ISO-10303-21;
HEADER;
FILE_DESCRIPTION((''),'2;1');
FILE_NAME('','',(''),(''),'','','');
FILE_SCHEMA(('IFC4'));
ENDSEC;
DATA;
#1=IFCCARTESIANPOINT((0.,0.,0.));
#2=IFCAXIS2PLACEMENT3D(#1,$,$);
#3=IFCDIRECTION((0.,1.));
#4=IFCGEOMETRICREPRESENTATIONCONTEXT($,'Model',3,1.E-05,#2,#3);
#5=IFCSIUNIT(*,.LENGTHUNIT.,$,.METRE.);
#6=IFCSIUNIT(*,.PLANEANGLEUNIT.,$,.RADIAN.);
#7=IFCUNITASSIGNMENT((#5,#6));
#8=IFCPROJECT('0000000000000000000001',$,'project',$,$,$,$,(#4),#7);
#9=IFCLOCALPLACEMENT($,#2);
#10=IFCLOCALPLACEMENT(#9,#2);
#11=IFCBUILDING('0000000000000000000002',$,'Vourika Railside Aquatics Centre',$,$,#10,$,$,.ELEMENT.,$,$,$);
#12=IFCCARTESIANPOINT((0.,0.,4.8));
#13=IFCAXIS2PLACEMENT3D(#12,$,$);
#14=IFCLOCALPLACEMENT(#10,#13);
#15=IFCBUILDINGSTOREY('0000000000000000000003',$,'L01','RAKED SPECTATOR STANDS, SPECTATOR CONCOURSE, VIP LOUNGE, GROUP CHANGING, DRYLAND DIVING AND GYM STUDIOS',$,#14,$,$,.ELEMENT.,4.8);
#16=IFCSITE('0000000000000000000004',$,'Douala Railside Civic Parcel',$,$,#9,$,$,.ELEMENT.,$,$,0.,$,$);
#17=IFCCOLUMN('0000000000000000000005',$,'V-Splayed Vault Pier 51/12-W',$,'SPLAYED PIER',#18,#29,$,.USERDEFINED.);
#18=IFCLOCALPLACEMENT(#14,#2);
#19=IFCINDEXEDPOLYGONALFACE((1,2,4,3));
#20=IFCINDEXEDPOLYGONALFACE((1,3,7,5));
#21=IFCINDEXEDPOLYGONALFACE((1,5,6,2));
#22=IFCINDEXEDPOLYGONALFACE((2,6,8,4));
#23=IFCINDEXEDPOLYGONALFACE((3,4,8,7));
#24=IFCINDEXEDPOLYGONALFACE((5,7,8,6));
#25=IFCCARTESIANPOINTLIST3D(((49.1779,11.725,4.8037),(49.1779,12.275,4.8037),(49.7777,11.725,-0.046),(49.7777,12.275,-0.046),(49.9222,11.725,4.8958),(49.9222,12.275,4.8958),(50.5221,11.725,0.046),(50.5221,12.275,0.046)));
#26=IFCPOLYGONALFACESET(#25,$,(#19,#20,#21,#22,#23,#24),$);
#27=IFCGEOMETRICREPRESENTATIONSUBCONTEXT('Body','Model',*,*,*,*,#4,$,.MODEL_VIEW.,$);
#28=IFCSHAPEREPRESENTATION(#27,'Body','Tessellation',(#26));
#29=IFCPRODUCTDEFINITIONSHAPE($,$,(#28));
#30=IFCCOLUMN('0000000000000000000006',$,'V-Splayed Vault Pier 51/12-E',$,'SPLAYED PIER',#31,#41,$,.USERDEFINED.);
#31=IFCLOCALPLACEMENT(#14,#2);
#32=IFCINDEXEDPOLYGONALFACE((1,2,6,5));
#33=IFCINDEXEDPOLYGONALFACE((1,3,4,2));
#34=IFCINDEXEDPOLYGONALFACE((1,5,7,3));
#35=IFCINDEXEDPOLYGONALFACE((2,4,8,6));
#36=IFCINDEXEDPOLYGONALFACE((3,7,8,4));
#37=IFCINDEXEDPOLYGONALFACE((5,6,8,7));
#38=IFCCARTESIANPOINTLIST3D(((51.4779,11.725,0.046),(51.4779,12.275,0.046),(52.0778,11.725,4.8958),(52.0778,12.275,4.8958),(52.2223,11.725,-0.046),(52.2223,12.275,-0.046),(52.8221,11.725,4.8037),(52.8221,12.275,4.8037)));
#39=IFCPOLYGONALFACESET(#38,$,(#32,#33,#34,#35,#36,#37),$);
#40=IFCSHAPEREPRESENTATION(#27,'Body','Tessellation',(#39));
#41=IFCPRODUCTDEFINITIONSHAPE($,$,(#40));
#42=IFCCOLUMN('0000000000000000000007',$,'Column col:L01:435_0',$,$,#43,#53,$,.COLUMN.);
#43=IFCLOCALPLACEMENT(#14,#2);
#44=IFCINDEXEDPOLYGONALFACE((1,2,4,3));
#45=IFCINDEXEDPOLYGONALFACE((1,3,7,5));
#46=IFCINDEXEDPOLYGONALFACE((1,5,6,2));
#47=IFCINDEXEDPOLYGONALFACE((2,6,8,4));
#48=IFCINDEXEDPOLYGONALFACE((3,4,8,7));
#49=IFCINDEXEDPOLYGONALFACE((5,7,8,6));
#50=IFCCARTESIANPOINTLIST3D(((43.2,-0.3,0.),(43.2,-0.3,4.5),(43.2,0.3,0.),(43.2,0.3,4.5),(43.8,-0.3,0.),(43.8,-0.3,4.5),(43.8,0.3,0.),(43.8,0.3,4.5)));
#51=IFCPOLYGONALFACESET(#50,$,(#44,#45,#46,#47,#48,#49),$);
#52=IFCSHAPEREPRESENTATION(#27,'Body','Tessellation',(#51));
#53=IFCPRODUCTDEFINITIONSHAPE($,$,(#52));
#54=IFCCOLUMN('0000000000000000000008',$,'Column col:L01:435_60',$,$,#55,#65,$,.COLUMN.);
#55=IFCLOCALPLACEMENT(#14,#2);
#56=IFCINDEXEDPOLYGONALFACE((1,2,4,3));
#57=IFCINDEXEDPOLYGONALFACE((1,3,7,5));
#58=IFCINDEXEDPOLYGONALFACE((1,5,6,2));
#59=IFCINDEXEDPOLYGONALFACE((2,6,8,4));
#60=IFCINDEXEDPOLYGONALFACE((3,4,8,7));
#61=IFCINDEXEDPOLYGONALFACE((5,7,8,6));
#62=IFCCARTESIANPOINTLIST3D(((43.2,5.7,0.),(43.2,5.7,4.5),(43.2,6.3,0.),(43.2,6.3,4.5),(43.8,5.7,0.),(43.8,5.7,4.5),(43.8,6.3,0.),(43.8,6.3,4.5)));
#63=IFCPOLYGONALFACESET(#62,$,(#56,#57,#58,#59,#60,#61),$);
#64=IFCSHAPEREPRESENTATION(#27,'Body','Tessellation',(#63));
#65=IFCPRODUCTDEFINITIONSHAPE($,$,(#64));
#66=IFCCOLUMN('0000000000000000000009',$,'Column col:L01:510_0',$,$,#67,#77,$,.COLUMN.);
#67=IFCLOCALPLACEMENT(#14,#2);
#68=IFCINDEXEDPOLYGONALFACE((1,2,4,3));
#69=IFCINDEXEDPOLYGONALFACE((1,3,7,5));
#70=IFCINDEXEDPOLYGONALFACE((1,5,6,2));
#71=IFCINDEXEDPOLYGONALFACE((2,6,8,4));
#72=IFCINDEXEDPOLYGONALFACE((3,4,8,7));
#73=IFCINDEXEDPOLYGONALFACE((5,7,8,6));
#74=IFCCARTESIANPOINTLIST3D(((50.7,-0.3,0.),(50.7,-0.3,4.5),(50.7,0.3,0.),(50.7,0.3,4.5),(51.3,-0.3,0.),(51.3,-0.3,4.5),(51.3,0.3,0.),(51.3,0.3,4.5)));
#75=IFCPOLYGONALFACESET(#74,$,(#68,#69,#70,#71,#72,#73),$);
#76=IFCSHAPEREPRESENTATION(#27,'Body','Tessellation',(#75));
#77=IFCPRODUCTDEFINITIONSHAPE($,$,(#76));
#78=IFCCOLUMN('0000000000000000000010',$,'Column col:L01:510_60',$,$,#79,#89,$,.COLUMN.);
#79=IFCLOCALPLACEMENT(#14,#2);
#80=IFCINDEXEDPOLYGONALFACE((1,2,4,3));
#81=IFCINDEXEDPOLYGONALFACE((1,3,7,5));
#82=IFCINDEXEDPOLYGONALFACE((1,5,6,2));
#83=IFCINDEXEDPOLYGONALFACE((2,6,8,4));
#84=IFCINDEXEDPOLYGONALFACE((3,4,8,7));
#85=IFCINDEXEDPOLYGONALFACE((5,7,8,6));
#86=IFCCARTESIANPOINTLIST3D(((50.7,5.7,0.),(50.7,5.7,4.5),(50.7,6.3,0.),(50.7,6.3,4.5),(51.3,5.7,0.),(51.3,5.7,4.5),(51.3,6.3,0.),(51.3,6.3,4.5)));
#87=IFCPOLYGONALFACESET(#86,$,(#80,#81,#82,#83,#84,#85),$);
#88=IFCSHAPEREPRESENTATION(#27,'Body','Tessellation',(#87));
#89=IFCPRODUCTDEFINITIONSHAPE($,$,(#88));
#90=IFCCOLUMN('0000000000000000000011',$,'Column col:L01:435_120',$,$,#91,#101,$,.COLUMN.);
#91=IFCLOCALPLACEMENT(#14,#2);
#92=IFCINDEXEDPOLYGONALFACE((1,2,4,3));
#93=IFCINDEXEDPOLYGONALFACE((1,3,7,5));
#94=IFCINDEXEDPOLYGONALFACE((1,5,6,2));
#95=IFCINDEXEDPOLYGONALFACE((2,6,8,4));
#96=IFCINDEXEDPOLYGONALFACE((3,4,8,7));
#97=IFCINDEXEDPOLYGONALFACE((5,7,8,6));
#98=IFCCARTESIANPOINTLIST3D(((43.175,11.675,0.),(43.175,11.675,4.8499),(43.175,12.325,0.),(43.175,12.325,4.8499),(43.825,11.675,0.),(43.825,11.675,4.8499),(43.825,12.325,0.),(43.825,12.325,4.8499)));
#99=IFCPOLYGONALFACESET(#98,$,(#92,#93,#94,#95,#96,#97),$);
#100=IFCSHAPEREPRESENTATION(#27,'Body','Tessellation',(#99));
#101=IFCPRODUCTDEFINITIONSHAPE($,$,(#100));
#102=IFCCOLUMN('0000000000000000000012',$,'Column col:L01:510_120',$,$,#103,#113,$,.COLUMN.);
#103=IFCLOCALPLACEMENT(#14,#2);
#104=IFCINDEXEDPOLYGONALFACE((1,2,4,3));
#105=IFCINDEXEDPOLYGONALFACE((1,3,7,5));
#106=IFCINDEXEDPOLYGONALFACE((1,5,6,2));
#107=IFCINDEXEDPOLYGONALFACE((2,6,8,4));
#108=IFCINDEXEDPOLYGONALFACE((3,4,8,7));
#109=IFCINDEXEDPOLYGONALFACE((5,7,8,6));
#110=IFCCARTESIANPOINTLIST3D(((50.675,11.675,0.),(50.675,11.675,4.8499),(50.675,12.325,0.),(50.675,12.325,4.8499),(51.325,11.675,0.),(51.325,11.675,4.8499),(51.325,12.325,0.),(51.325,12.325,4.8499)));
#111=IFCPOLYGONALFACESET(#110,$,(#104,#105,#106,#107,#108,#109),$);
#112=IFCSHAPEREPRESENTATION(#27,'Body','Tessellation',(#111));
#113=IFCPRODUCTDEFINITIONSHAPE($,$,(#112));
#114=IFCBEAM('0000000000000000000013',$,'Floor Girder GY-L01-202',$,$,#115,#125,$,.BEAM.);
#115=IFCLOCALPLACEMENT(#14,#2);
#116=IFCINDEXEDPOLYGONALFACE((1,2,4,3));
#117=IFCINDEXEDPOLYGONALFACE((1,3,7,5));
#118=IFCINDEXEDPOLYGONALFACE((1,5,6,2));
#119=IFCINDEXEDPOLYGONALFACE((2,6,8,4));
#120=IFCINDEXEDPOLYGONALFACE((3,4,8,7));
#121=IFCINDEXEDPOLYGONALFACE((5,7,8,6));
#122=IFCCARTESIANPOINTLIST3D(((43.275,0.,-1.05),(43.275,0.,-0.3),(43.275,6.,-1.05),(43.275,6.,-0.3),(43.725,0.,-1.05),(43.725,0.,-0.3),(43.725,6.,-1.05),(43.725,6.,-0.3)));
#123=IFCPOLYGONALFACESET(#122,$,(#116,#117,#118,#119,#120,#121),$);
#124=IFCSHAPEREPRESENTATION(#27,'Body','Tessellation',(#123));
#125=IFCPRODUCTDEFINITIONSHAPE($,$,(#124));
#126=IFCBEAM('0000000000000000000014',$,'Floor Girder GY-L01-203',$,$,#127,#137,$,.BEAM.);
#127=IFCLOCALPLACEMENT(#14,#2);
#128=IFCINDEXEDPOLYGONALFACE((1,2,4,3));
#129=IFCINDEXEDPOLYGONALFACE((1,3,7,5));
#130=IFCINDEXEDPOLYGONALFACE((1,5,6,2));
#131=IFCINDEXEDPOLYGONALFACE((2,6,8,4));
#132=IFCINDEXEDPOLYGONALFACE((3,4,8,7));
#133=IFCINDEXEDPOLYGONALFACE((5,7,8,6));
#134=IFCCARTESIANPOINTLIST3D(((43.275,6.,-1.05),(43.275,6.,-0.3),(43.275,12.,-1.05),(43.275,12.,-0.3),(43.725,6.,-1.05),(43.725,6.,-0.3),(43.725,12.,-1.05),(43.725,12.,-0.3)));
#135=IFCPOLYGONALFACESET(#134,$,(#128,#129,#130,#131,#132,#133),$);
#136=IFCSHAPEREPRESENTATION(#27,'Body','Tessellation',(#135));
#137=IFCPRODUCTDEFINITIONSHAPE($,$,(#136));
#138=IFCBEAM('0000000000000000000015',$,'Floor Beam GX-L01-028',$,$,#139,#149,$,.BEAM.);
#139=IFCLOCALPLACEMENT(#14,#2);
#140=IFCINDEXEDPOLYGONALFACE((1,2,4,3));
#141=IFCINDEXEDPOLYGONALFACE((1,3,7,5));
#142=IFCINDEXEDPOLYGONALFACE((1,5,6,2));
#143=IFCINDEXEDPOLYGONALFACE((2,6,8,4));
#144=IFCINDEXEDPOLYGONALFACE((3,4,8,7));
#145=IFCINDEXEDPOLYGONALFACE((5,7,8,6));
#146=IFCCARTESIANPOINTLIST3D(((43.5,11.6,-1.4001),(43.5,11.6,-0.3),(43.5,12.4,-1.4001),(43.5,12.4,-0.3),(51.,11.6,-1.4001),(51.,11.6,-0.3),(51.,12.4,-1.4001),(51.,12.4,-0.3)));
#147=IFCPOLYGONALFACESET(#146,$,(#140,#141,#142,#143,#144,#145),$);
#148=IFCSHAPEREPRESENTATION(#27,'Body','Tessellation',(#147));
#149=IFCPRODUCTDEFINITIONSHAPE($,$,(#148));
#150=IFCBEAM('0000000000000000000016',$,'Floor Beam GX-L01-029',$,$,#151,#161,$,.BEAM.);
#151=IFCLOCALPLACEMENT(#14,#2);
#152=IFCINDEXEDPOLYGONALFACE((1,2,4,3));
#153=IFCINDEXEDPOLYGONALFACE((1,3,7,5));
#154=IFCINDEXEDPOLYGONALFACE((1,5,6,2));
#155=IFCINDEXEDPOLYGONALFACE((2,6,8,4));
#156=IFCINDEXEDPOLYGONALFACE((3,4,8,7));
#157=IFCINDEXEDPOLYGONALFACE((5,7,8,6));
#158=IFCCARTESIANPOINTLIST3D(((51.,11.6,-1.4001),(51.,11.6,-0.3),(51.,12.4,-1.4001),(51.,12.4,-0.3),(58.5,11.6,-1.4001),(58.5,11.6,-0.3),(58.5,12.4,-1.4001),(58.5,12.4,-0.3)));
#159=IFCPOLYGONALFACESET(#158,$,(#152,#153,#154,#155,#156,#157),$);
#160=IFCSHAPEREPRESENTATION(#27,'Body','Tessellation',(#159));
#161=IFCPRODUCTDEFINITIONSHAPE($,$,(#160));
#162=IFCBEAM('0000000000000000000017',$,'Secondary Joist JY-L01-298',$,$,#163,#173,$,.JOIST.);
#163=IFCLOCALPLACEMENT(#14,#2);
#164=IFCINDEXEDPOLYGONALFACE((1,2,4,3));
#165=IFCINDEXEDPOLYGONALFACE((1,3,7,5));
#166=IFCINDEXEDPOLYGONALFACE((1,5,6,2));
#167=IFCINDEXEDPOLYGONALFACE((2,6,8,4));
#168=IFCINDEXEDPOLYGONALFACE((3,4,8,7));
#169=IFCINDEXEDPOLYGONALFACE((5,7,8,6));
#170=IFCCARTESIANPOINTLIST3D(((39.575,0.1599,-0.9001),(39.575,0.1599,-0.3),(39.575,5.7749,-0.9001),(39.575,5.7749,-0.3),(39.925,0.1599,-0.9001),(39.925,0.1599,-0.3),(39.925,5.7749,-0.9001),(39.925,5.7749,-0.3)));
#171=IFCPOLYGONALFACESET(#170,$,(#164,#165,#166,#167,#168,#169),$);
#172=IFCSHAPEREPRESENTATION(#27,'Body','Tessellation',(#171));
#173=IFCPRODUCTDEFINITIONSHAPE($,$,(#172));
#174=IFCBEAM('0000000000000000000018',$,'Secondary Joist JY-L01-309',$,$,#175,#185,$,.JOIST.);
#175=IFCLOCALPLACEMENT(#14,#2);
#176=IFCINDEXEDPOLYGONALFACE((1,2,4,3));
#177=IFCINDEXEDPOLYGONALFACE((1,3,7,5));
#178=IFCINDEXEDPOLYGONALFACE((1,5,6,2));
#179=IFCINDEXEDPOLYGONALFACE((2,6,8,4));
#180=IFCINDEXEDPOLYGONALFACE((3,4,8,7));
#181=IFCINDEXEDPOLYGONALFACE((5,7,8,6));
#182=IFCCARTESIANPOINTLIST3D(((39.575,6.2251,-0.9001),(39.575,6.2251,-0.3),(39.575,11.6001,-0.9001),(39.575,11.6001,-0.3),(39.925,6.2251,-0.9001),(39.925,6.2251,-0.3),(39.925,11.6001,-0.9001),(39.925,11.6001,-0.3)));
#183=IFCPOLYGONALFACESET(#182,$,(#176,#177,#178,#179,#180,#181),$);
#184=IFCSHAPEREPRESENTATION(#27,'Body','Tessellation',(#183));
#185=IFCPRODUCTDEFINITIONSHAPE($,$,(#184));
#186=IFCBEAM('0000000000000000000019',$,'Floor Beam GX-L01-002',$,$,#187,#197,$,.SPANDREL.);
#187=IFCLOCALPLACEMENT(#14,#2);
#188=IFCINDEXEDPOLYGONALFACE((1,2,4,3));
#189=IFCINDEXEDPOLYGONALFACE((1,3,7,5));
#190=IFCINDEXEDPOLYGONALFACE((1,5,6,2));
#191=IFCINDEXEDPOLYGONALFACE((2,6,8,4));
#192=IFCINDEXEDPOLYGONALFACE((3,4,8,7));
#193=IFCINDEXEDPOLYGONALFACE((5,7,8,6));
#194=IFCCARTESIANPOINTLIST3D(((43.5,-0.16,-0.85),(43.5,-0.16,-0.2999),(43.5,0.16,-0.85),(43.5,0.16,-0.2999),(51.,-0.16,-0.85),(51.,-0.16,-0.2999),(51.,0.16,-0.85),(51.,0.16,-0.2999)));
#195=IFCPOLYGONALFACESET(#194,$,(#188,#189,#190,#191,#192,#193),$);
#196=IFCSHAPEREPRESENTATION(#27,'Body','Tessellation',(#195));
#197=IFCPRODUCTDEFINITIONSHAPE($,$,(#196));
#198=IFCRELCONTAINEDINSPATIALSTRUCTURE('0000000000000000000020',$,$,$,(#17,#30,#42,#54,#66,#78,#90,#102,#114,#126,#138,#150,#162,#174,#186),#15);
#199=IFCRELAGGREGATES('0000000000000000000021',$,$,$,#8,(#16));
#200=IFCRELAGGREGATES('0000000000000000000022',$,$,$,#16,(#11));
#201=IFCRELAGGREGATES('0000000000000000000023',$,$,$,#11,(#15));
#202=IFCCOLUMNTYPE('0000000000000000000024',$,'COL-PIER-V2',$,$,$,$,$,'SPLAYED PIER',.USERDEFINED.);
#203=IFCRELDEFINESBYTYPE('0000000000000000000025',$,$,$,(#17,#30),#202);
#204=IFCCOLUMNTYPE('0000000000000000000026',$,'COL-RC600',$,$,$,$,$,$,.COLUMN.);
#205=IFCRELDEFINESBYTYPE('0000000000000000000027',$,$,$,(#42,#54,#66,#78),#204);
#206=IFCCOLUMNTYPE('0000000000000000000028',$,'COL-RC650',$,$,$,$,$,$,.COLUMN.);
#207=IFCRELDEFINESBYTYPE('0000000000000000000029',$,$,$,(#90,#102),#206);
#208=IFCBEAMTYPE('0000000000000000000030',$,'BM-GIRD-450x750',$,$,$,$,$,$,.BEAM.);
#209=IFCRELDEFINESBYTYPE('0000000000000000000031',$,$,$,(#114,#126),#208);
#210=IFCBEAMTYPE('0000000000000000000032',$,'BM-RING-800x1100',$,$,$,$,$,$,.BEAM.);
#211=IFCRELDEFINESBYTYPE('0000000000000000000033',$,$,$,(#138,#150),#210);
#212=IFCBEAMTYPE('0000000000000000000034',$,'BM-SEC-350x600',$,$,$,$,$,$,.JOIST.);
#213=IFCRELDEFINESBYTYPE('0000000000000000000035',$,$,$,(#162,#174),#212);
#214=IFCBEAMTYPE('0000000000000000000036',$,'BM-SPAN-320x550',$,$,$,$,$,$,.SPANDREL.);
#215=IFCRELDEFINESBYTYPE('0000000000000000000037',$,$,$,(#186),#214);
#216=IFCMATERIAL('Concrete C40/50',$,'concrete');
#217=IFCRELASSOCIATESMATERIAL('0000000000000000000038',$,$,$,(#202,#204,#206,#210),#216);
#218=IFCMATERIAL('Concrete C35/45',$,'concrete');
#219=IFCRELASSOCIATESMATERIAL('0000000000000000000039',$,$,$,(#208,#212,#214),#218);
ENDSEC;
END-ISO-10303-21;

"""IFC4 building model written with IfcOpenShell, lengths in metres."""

from ifc_helpers import new_model, si_unit, direction, frame, origin, origin_2d, place, context, subcontext, project, spatial, rectangle, extrude, material, material_profile, profile_set, type_object, element, save


model = new_model("IFC4")

# Units and contexts
model_context = context("Model", 3, precision=1e-05, world=origin(), true_north=direction((0.0, 1.0)))
body_context = subcontext(model_context, "Body", "Model", "MODEL_VIEW")
ifc_project = project(units=[si_unit("LENGTHUNIT", "METRE"), si_unit("PLANEANGLEUNIT", "RADIAN")], contexts=[model_context])

# Site, building, storey
site_placement = place(None, origin())
site = spatial("IfcSite", under=ifc_project, at=site_placement, Name="Douala Railside Civic Parcel", CompositionType="ELEMENT", RefElevation=0.0)
building_placement = place(site_placement, origin())
building = spatial("IfcBuilding", under=site, at=building_placement, Name="Vourika Railside Aquatics Centre", CompositionType="ELEMENT")
storey_placement = place(building_placement, frame((0.0, 0.0, 4.8)))
storey = spatial("IfcBuildingStorey", under=building, at=storey_placement, Name="L01", Description="RAKED SPECTATOR STANDS, SPECTATOR CONCOURSE, VIP LOUNGE, GROUP CHANGING, DRYLAND DIVING AND GYM STUDIOS", CompositionType="ELEMENT", Elevation=4.8)

# Columns
ifc_material_1 = material(Name="Concrete C40/50", Category="concrete")
ifc_material_profile_1 = material_profile(ifc_material_1, rectangle(XDim=0.55, YDim=0.75, at=origin_2d()), Name="RC 550x750")
ifc_profile_set_1 = profile_set([ifc_material_profile_1], Name="Concrete C40/50")
column_type_1 = type_object("IfcColumnType", Name="COL-PIER-V2", ElementType="SPLAYED PIER", PredefinedType="USERDEFINED", material=ifc_profile_set_1)
for number, where, z_axis, x_axis, name in (
    (1, (50.1499, 12.0, 0.0), (-0.12275, 0.0, 0.992438), (0.0, -1.0, 0.0), "V-Splayed Vault Pier 51/12-W"),
    (2, (51.8501, 12.0, 0.0), (0.12275, 0.0, 0.992438), (0.0, 1.0, 0.0), "V-Splayed Vault Pier 51/12-E"),
):
    element("IfcColumn", number, at=place(storey_placement, frame(where, z_axis=z_axis, x_axis=x_axis)), inside=storey, type_object=column_type_1, Name=name, ObjectType="SPLAYED PIER", PredefinedType="USERDEFINED", context=body_context, shape_type="SweptSolid", body=[
        extrude(rectangle(XDim=0.55, YDim=0.75, at=origin_2d()), origin(), (0.0, 0.0, 1.0), 4.8867),
    ])
ifc_material_profile_2 = material_profile(ifc_material_1, rectangle(XDim=0.6001, YDim=0.6001, at=origin_2d()), Name="RC 600x600")
ifc_profile_set_2 = profile_set([ifc_material_profile_2], Name="Concrete C40/50")
column_type_2 = type_object("IfcColumnType", Name="COL-RC600", PredefinedType="COLUMN", material=ifc_profile_set_2)
for number, where, z_axis, x_axis, name in (
    (3, (43.5, 0.0, 0.0), (0.0, 0.0, 1.0), (1.0, 0.0, 0.0), "Column col:L01:435_0"),
    (4, (43.5, 6.0, 0.0), (0.0, 0.0, 1.0), (1.0, 0.0, 0.0), "Column col:L01:435_60"),
    (5, (51.0, 0.0, 0.0), (0.0, 0.0, 1.0), (1.0, 0.0, 0.0), "Column col:L01:510_0"),
    (6, (51.0, 6.0, 0.0), (0.0, 0.0, 1.0), (1.0, 0.0, 0.0), "Column col:L01:510_60"),
):
    element("IfcColumn", number, at=place(storey_placement, frame(where, z_axis=z_axis, x_axis=x_axis)), inside=storey, type_object=column_type_2, Name=name, PredefinedType="COLUMN", context=body_context, shape_type="SweptSolid", body=[
        extrude(rectangle(XDim=0.6001, YDim=0.6001, at=origin_2d()), origin(), (0.0, 0.0, 1.0), 4.5),
    ])
ifc_material_profile_3 = material_profile(ifc_material_1, rectangle(XDim=0.6499, YDim=0.6499, at=origin_2d()), Name="RC 650x650")
ifc_profile_set_3 = profile_set([ifc_material_profile_3], Name="Concrete C40/50")
column_type_3 = type_object("IfcColumnType", Name="COL-RC650", PredefinedType="COLUMN", material=ifc_profile_set_3)
for number, where, z_axis, x_axis, name in (
    (7, (43.5, 12.0, 0.0), (0.0, 0.0, 1.0), (1.0, 0.0, 0.0), "Column col:L01:435_120"),
    (8, (51.0, 12.0, 0.0), (0.0, 0.0, 1.0), (1.0, 0.0, 0.0), "Column col:L01:510_120"),
):
    element("IfcColumn", number, at=place(storey_placement, frame(where, z_axis=z_axis, x_axis=x_axis)), inside=storey, type_object=column_type_3, Name=name, PredefinedType="COLUMN", context=body_context, shape_type="SweptSolid", body=[
        extrude(rectangle(XDim=0.6499, YDim=0.6499, at=origin_2d()), origin(), (0.0, 0.0, 1.0), 4.8499),
    ])

# Beams
ifc_material_2 = material(Name="Concrete C35/45", Category="concrete")
ifc_material_profile_4 = material_profile(ifc_material_2, rectangle(XDim=0.45, YDim=0.75, at=origin_2d()), Name="RC 450x750")
ifc_profile_set_4 = profile_set([ifc_material_profile_4], Name="Concrete C35/45")
beam_type_1 = type_object("IfcBeamType", Name="BM-GIRD-450x750", PredefinedType="BEAM", material=ifc_profile_set_4)
for number, where, z_axis, x_axis, name in (
    (9, (43.5, 0.0, -0.675), (0.0, 1.0, 0.0), (-1.0, 0.0, 0.0), "Floor Girder GY-L01-202"),
    (10, (43.5, 6.0, -0.675), (0.0, 1.0, 0.0), (-1.0, 0.0, 0.0), "Floor Girder GY-L01-203"),
):
    element("IfcBeam", number, at=place(storey_placement, frame(where, z_axis=z_axis, x_axis=x_axis)), inside=storey, type_object=beam_type_1, Name=name, PredefinedType="BEAM", context=body_context, shape_type="SweptSolid", body=[
        extrude(rectangle(XDim=0.45, YDim=0.75, at=origin_2d()), origin(), (0.0, 0.0, 1.0), 6.0),
    ])
ifc_material_profile_5 = material_profile(ifc_material_1, rectangle(XDim=0.8, YDim=1.1001, at=origin_2d()), Name="RC 800x1100")
ifc_profile_set_5 = profile_set([ifc_material_profile_5], Name="Concrete C40/50")
beam_type_2 = type_object("IfcBeamType", Name="BM-RING-800x1100", PredefinedType="BEAM", material=ifc_profile_set_5)
for number, where, z_axis, x_axis, name in (
    (11, (43.5, 12.0, -0.8501), (1.0, 0.0, 0.0), (0.0, 1.0, 0.0), "Floor Beam GX-L01-028"),
    (12, (51.0, 12.0, -0.8501), (1.0, 0.0, 0.0), (0.0, 1.0, 0.0), "Floor Beam GX-L01-029"),
):
    element("IfcBeam", number, at=place(storey_placement, frame(where, z_axis=z_axis, x_axis=x_axis)), inside=storey, type_object=beam_type_2, Name=name, PredefinedType="BEAM", context=body_context, shape_type="SweptSolid", body=[
        extrude(rectangle(XDim=0.8, YDim=1.1001, at=origin_2d()), origin(), (0.0, 0.0, 1.0), 7.5),
    ])
ifc_material_profile_6 = material_profile(ifc_material_2, rectangle(XDim=0.3501, YDim=0.6001, at=origin_2d()), Name="RC 350x600")
ifc_profile_set_6 = profile_set([ifc_material_profile_6], Name="Concrete C35/45")
beam_type_3 = type_object("IfcBeamType", Name="BM-SEC-350x600", PredefinedType="JOIST", material=ifc_profile_set_6)
beam_1_placement = place(storey_placement, frame((39.75, 0.1599, -0.6001), z_axis=(0.0, 1.0, 0.0), x_axis=(-1.0, 0.0, 0.0)))
element("IfcBeam", 13, at=beam_1_placement, inside=storey, type_object=beam_type_3, Name="Secondary Joist JY-L01-298", PredefinedType="JOIST", context=body_context, shape_type="SweptSolid", body=[
    extrude(rectangle(XDim=0.3501, YDim=0.6001, at=origin_2d()), origin(), (0.0, 0.0, 1.0), 5.615),
])
beam_2_placement = place(storey_placement, frame((39.75, 6.2251, -0.6001), z_axis=(0.0, 1.0, 0.0), x_axis=(-1.0, 0.0, 0.0)))
element("IfcBeam", 14, at=beam_2_placement, inside=storey, type_object=beam_type_3, Name="Secondary Joist JY-L01-309", PredefinedType="JOIST", context=body_context, shape_type="SweptSolid", body=[
    extrude(rectangle(XDim=0.3501, YDim=0.6001, at=origin_2d()), origin(), (0.0, 0.0, 1.0), 5.375),
])
ifc_material_profile_7 = material_profile(ifc_material_2, rectangle(XDim=0.3201, YDim=0.55, at=origin_2d()), Name="RC 320x550")
ifc_profile_set_7 = profile_set([ifc_material_profile_7], Name="Concrete C35/45")
beam_type_4 = type_object("IfcBeamType", Name="BM-SPAN-320x550", PredefinedType="SPANDREL", material=ifc_profile_set_7)
for number, where, z_axis, x_axis, name in (
    (15, (43.5, 0.0, -0.575), (1.0, 0.0, 0.0), (0.0, 1.0, 0.0), "Floor Beam GX-L01-002"),
):
    element("IfcBeam", number, at=place(storey_placement, frame(where, z_axis=z_axis, x_axis=x_axis)), inside=storey, type_object=beam_type_4, Name=name, PredefinedType="SPANDREL", context=body_context, shape_type="SweptSolid", body=[
        extrude(rectangle(XDim=0.3201, YDim=0.55, at=origin_2d()), origin(), (0.0, 0.0, 1.0), 7.5),
    ])

save(model, "model.ifc")
